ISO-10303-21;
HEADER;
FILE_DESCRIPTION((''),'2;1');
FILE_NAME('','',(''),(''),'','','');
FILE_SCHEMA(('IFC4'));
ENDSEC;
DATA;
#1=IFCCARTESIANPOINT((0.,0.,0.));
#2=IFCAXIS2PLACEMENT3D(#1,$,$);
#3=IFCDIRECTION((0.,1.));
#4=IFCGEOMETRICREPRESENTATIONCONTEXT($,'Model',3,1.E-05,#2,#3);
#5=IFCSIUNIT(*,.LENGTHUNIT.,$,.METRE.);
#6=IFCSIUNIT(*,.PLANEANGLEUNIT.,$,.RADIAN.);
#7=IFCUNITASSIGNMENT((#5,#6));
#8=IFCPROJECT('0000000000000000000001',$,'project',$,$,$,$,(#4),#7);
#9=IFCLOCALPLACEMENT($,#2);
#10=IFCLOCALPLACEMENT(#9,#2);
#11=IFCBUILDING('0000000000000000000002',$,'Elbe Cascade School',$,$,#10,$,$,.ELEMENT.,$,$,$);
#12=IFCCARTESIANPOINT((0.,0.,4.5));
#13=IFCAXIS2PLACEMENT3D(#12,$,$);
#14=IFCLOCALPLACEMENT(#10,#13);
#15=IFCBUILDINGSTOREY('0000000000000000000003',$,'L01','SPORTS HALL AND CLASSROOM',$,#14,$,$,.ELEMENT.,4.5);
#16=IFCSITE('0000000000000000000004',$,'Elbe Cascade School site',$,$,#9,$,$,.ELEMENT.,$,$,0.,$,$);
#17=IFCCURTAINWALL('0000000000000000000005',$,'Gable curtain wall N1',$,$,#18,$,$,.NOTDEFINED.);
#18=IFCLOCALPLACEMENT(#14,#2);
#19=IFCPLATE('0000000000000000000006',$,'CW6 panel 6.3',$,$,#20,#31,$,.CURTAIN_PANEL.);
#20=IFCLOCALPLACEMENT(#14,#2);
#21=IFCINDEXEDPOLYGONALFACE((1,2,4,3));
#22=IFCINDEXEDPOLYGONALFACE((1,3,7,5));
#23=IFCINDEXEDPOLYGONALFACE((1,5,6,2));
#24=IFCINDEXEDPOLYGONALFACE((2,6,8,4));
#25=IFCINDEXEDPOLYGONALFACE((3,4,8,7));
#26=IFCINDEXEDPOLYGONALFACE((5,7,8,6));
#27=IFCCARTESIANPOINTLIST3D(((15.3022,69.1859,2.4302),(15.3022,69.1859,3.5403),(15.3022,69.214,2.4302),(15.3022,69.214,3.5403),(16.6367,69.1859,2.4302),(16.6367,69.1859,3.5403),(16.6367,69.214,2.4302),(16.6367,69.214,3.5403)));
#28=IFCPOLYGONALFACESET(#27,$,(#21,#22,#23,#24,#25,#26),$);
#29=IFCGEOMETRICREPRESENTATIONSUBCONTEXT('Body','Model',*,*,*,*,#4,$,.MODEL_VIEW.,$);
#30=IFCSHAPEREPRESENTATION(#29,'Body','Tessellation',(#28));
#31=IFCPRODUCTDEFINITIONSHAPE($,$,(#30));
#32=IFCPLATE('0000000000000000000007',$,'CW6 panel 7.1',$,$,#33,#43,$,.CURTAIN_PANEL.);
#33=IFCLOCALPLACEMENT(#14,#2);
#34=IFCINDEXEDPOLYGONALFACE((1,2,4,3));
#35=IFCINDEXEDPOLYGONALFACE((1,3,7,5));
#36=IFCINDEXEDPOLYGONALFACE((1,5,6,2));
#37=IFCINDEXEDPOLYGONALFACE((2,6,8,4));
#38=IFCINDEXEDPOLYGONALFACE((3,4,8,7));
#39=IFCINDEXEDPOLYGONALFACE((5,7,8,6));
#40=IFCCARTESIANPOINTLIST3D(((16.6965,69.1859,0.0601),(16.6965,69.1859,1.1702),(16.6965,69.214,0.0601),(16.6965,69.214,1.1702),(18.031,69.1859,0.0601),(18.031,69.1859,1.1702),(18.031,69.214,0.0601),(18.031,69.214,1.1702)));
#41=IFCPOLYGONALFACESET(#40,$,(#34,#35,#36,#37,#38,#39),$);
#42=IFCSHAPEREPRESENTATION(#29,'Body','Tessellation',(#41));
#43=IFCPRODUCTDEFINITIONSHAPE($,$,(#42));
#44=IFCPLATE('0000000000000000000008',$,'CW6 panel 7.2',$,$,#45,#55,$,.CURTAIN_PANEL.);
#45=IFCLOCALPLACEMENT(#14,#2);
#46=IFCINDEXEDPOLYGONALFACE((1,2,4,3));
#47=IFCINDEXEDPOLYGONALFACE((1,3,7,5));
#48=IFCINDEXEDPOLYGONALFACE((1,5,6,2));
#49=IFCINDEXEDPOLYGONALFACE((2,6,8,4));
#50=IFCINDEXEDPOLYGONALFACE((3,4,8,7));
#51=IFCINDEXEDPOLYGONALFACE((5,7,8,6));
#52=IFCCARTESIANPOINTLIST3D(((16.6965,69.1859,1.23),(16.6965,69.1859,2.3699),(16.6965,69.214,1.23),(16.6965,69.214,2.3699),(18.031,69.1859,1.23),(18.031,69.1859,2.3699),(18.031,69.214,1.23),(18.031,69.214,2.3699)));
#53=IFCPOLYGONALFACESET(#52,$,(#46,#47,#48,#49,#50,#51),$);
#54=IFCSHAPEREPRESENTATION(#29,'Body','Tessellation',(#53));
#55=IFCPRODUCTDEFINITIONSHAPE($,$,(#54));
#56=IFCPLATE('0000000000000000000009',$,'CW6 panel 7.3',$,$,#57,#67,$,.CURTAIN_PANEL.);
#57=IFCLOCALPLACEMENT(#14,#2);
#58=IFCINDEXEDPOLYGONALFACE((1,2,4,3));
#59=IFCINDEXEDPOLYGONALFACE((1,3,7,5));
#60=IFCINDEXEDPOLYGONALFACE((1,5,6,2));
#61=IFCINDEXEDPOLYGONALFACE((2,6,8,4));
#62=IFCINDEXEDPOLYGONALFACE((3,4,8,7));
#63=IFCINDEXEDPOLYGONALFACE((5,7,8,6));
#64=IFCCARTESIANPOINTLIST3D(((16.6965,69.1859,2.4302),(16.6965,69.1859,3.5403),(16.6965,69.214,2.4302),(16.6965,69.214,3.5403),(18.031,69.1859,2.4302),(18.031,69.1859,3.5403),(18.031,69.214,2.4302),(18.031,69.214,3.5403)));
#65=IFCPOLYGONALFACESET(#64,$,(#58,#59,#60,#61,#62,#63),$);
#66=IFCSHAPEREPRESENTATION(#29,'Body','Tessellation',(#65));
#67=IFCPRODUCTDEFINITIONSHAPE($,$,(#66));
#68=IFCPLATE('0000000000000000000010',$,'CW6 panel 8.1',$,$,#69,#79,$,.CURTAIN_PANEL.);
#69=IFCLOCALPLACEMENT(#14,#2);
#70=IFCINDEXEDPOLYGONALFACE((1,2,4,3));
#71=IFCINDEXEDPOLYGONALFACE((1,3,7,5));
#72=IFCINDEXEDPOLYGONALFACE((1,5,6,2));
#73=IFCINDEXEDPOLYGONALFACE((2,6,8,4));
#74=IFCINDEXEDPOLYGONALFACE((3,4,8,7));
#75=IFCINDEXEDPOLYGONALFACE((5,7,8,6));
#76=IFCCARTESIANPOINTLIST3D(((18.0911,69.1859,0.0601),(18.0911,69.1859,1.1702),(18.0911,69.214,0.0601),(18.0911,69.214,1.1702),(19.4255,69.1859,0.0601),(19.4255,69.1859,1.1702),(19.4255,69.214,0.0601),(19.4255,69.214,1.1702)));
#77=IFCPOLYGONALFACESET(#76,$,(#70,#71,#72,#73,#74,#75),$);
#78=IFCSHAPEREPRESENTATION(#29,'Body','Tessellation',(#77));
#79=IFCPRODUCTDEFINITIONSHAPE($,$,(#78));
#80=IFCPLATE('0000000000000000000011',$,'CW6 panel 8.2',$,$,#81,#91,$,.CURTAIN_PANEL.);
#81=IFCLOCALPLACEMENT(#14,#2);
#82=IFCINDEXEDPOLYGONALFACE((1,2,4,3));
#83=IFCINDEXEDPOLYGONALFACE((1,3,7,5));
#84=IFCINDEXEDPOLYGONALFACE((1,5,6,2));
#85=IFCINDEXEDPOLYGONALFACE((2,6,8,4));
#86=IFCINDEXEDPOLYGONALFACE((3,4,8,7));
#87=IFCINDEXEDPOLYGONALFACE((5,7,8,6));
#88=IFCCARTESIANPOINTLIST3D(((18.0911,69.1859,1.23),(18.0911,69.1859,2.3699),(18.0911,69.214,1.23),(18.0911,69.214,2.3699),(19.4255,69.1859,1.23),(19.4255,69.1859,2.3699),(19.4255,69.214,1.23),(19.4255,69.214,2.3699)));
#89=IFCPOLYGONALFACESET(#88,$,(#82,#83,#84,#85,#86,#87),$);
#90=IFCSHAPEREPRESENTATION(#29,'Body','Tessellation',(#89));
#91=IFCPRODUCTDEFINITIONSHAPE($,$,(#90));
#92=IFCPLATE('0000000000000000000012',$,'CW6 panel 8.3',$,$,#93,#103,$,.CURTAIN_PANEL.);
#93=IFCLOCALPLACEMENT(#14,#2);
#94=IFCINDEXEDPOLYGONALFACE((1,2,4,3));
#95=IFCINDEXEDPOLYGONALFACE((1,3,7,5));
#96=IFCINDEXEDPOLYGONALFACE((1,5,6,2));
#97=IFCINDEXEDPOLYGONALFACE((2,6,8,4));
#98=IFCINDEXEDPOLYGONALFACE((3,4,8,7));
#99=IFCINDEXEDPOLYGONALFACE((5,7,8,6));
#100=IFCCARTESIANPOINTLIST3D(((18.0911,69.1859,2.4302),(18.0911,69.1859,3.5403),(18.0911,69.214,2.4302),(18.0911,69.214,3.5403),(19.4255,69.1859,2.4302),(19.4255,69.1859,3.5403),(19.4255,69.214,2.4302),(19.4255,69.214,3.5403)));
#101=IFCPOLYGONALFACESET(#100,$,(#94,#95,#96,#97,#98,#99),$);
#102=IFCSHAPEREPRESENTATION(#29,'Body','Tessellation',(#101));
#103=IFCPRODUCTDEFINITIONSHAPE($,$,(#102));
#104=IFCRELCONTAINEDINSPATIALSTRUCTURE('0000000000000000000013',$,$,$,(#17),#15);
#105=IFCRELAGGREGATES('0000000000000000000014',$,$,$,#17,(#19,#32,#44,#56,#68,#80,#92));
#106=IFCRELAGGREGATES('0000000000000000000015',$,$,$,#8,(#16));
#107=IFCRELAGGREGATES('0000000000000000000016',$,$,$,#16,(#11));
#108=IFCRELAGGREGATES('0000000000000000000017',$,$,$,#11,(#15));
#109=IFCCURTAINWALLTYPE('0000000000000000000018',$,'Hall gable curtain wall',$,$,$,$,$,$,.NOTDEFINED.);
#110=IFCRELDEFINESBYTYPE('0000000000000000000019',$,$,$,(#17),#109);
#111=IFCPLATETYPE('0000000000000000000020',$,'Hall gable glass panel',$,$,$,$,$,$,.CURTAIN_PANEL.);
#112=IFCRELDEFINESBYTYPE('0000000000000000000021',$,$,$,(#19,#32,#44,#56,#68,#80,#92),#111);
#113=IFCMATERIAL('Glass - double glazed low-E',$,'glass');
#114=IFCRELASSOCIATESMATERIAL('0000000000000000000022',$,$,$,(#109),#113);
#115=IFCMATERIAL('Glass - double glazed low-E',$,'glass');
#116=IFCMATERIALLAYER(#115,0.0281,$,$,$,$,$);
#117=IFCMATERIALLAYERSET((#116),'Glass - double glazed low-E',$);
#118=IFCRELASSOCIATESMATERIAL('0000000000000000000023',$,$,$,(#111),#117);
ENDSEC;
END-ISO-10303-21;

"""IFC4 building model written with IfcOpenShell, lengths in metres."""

from ifc_helpers import new_model, si_unit, direction, frame, origin, origin_2d, place, context, subcontext, project, spatial, rectangle, extrude, material, layer, layer_set, type_object, element, aggregate, save


model = new_model("IFC4")

# Units and contexts
model_context = context("Model", 3, precision=1e-05, world=origin(), true_north=direction((0.0, 1.0)))
body_context = subcontext(model_context, "Body", "Model", "MODEL_VIEW")
ifc_project = project(units=[si_unit("LENGTHUNIT", "METRE"), si_unit("PLANEANGLEUNIT", "RADIAN")], contexts=[model_context])

# Site, building, storey
site_placement = place(None, origin())
site = spatial("IfcSite", under=ifc_project, at=site_placement, Name="Elbe Cascade School site", CompositionType="ELEMENT", RefElevation=0.0)
building_placement = place(site_placement, origin())
building = spatial("IfcBuilding", under=site, at=building_placement, Name="Elbe Cascade School", CompositionType="ELEMENT")
storey_placement = place(building_placement, frame((0.0, 0.0, 4.5)))
storey = spatial("IfcBuildingStorey", under=building, at=storey_placement, Name="L01", Description="SPORTS HALL AND CLASSROOM", CompositionType="ELEMENT", Elevation=4.5)

# Curtain wall, plates
ifc_material_1 = material(Name="Glass - double glazed low-E", Category="glass")
curtain_wall_type = type_object("IfcCurtainWallType", Name="Hall gable curtain wall", PredefinedType="NOTDEFINED", material=ifc_material_1)
curtain_wall_placement = place(storey_placement, origin())
curtain_wall = element("IfcCurtainWall", 1, at=curtain_wall_placement, inside=storey, type_object=curtain_wall_type, Name="Gable curtain wall N1", PredefinedType="NOTDEFINED")
ifc_material_2 = material(Name="Glass - double glazed low-E", Category="glass")
ifc_layer = layer(ifc_material_2, 0.0281)
ifc_layer_set = layer_set([ifc_layer], Name="Glass - double glazed low-E")
plate_type = type_object("IfcPlateType", Name="Hall gable glass panel", PredefinedType="CURTAIN_PANEL", material=ifc_layer_set)
plate_1_placement = place(storey_placement, frame((15.9695, 69.2, 2.4302), z_axis=(0.0, 0.0, 1.0), x_axis=(1.0, 0.0, 0.0)))
plate_1 = element("IfcPlate", 2, at=plate_1_placement, type_object=plate_type, Name="CW6 panel 6.3", PredefinedType="CURTAIN_PANEL", context=body_context, shape_type="SweptSolid", body=[
    extrude(rectangle(XDim=1.3345, YDim=0.0281, at=origin_2d()), origin(), (0.0, 0.0, 1.0), 1.1101),
])
plate_2_placement = place(storey_placement, frame((17.3638, 69.2, 0.0601), z_axis=(0.0, 0.0, 1.0), x_axis=(1.0, 0.0, 0.0)))
plate_2 = element("IfcPlate", 3, at=plate_2_placement, type_object=plate_type, Name="CW6 panel 7.1", PredefinedType="CURTAIN_PANEL", context=body_context, shape_type="SweptSolid", body=[
    extrude(rectangle(XDim=1.3345, YDim=0.0281, at=origin_2d()), origin(), (0.0, 0.0, 1.0), 1.1101),
])
plate_3_placement = place(storey_placement, frame((17.3638, 69.2, 1.23), z_axis=(0.0, 0.0, 1.0), x_axis=(1.0, 0.0, 0.0)))
plate_3 = element("IfcPlate", 4, at=plate_3_placement, type_object=plate_type, Name="CW6 panel 7.2", PredefinedType="CURTAIN_PANEL", context=body_context, shape_type="SweptSolid", body=[
    extrude(rectangle(XDim=1.3345, YDim=0.0281, at=origin_2d()), origin(), (0.0, 0.0, 1.0), 1.1399),
])
plate_4_placement = place(storey_placement, frame((17.3638, 69.2, 2.4302), z_axis=(0.0, 0.0, 1.0), x_axis=(1.0, 0.0, 0.0)))
plate_4 = element("IfcPlate", 5, at=plate_4_placement, type_object=plate_type, Name="CW6 panel 7.3", PredefinedType="CURTAIN_PANEL", context=body_context, shape_type="SweptSolid", body=[
    extrude(rectangle(XDim=1.3345, YDim=0.0281, at=origin_2d()), origin(), (0.0, 0.0, 1.0), 1.1101),
])
plate_5_placement = place(storey_placement, frame((18.7583, 69.2, 0.0601), z_axis=(0.0, 0.0, 1.0), x_axis=(1.0, 0.0, 0.0)))
plate_5 = element("IfcPlate", 6, at=plate_5_placement, type_object=plate_type, Name="CW6 panel 8.1", PredefinedType="CURTAIN_PANEL", context=body_context, shape_type="SweptSolid", body=[
    extrude(rectangle(XDim=1.3345, YDim=0.0281, at=origin_2d()), origin(), (0.0, 0.0, 1.0), 1.1101),
])
plate_6_placement = place(storey_placement, frame((18.7583, 69.2, 1.23), z_axis=(0.0, 0.0, 1.0), x_axis=(1.0, 0.0, 0.0)))
plate_6 = element("IfcPlate", 7, at=plate_6_placement, type_object=plate_type, Name="CW6 panel 8.2", PredefinedType="CURTAIN_PANEL", context=body_context, shape_type="SweptSolid", body=[
    extrude(rectangle(XDim=1.3345, YDim=0.0281, at=origin_2d()), origin(), (0.0, 0.0, 1.0), 1.1399),
])
plate_7_placement = place(storey_placement, frame((18.7583, 69.2, 2.4302), z_axis=(0.0, 0.0, 1.0), x_axis=(1.0, 0.0, 0.0)))
plate_7 = element("IfcPlate", 8, at=plate_7_placement, type_object=plate_type, Name="CW6 panel 8.3", PredefinedType="CURTAIN_PANEL", context=body_context, shape_type="SweptSolid", body=[
    extrude(rectangle(XDim=1.3345, YDim=0.0281, at=origin_2d()), origin(), (0.0, 0.0, 1.0), 1.1101),
])
aggregate(curtain_wall, [plate_1, plate_2, plate_3, plate_4, plate_5, plate_6, plate_7])

save(model, "model.ifc")
